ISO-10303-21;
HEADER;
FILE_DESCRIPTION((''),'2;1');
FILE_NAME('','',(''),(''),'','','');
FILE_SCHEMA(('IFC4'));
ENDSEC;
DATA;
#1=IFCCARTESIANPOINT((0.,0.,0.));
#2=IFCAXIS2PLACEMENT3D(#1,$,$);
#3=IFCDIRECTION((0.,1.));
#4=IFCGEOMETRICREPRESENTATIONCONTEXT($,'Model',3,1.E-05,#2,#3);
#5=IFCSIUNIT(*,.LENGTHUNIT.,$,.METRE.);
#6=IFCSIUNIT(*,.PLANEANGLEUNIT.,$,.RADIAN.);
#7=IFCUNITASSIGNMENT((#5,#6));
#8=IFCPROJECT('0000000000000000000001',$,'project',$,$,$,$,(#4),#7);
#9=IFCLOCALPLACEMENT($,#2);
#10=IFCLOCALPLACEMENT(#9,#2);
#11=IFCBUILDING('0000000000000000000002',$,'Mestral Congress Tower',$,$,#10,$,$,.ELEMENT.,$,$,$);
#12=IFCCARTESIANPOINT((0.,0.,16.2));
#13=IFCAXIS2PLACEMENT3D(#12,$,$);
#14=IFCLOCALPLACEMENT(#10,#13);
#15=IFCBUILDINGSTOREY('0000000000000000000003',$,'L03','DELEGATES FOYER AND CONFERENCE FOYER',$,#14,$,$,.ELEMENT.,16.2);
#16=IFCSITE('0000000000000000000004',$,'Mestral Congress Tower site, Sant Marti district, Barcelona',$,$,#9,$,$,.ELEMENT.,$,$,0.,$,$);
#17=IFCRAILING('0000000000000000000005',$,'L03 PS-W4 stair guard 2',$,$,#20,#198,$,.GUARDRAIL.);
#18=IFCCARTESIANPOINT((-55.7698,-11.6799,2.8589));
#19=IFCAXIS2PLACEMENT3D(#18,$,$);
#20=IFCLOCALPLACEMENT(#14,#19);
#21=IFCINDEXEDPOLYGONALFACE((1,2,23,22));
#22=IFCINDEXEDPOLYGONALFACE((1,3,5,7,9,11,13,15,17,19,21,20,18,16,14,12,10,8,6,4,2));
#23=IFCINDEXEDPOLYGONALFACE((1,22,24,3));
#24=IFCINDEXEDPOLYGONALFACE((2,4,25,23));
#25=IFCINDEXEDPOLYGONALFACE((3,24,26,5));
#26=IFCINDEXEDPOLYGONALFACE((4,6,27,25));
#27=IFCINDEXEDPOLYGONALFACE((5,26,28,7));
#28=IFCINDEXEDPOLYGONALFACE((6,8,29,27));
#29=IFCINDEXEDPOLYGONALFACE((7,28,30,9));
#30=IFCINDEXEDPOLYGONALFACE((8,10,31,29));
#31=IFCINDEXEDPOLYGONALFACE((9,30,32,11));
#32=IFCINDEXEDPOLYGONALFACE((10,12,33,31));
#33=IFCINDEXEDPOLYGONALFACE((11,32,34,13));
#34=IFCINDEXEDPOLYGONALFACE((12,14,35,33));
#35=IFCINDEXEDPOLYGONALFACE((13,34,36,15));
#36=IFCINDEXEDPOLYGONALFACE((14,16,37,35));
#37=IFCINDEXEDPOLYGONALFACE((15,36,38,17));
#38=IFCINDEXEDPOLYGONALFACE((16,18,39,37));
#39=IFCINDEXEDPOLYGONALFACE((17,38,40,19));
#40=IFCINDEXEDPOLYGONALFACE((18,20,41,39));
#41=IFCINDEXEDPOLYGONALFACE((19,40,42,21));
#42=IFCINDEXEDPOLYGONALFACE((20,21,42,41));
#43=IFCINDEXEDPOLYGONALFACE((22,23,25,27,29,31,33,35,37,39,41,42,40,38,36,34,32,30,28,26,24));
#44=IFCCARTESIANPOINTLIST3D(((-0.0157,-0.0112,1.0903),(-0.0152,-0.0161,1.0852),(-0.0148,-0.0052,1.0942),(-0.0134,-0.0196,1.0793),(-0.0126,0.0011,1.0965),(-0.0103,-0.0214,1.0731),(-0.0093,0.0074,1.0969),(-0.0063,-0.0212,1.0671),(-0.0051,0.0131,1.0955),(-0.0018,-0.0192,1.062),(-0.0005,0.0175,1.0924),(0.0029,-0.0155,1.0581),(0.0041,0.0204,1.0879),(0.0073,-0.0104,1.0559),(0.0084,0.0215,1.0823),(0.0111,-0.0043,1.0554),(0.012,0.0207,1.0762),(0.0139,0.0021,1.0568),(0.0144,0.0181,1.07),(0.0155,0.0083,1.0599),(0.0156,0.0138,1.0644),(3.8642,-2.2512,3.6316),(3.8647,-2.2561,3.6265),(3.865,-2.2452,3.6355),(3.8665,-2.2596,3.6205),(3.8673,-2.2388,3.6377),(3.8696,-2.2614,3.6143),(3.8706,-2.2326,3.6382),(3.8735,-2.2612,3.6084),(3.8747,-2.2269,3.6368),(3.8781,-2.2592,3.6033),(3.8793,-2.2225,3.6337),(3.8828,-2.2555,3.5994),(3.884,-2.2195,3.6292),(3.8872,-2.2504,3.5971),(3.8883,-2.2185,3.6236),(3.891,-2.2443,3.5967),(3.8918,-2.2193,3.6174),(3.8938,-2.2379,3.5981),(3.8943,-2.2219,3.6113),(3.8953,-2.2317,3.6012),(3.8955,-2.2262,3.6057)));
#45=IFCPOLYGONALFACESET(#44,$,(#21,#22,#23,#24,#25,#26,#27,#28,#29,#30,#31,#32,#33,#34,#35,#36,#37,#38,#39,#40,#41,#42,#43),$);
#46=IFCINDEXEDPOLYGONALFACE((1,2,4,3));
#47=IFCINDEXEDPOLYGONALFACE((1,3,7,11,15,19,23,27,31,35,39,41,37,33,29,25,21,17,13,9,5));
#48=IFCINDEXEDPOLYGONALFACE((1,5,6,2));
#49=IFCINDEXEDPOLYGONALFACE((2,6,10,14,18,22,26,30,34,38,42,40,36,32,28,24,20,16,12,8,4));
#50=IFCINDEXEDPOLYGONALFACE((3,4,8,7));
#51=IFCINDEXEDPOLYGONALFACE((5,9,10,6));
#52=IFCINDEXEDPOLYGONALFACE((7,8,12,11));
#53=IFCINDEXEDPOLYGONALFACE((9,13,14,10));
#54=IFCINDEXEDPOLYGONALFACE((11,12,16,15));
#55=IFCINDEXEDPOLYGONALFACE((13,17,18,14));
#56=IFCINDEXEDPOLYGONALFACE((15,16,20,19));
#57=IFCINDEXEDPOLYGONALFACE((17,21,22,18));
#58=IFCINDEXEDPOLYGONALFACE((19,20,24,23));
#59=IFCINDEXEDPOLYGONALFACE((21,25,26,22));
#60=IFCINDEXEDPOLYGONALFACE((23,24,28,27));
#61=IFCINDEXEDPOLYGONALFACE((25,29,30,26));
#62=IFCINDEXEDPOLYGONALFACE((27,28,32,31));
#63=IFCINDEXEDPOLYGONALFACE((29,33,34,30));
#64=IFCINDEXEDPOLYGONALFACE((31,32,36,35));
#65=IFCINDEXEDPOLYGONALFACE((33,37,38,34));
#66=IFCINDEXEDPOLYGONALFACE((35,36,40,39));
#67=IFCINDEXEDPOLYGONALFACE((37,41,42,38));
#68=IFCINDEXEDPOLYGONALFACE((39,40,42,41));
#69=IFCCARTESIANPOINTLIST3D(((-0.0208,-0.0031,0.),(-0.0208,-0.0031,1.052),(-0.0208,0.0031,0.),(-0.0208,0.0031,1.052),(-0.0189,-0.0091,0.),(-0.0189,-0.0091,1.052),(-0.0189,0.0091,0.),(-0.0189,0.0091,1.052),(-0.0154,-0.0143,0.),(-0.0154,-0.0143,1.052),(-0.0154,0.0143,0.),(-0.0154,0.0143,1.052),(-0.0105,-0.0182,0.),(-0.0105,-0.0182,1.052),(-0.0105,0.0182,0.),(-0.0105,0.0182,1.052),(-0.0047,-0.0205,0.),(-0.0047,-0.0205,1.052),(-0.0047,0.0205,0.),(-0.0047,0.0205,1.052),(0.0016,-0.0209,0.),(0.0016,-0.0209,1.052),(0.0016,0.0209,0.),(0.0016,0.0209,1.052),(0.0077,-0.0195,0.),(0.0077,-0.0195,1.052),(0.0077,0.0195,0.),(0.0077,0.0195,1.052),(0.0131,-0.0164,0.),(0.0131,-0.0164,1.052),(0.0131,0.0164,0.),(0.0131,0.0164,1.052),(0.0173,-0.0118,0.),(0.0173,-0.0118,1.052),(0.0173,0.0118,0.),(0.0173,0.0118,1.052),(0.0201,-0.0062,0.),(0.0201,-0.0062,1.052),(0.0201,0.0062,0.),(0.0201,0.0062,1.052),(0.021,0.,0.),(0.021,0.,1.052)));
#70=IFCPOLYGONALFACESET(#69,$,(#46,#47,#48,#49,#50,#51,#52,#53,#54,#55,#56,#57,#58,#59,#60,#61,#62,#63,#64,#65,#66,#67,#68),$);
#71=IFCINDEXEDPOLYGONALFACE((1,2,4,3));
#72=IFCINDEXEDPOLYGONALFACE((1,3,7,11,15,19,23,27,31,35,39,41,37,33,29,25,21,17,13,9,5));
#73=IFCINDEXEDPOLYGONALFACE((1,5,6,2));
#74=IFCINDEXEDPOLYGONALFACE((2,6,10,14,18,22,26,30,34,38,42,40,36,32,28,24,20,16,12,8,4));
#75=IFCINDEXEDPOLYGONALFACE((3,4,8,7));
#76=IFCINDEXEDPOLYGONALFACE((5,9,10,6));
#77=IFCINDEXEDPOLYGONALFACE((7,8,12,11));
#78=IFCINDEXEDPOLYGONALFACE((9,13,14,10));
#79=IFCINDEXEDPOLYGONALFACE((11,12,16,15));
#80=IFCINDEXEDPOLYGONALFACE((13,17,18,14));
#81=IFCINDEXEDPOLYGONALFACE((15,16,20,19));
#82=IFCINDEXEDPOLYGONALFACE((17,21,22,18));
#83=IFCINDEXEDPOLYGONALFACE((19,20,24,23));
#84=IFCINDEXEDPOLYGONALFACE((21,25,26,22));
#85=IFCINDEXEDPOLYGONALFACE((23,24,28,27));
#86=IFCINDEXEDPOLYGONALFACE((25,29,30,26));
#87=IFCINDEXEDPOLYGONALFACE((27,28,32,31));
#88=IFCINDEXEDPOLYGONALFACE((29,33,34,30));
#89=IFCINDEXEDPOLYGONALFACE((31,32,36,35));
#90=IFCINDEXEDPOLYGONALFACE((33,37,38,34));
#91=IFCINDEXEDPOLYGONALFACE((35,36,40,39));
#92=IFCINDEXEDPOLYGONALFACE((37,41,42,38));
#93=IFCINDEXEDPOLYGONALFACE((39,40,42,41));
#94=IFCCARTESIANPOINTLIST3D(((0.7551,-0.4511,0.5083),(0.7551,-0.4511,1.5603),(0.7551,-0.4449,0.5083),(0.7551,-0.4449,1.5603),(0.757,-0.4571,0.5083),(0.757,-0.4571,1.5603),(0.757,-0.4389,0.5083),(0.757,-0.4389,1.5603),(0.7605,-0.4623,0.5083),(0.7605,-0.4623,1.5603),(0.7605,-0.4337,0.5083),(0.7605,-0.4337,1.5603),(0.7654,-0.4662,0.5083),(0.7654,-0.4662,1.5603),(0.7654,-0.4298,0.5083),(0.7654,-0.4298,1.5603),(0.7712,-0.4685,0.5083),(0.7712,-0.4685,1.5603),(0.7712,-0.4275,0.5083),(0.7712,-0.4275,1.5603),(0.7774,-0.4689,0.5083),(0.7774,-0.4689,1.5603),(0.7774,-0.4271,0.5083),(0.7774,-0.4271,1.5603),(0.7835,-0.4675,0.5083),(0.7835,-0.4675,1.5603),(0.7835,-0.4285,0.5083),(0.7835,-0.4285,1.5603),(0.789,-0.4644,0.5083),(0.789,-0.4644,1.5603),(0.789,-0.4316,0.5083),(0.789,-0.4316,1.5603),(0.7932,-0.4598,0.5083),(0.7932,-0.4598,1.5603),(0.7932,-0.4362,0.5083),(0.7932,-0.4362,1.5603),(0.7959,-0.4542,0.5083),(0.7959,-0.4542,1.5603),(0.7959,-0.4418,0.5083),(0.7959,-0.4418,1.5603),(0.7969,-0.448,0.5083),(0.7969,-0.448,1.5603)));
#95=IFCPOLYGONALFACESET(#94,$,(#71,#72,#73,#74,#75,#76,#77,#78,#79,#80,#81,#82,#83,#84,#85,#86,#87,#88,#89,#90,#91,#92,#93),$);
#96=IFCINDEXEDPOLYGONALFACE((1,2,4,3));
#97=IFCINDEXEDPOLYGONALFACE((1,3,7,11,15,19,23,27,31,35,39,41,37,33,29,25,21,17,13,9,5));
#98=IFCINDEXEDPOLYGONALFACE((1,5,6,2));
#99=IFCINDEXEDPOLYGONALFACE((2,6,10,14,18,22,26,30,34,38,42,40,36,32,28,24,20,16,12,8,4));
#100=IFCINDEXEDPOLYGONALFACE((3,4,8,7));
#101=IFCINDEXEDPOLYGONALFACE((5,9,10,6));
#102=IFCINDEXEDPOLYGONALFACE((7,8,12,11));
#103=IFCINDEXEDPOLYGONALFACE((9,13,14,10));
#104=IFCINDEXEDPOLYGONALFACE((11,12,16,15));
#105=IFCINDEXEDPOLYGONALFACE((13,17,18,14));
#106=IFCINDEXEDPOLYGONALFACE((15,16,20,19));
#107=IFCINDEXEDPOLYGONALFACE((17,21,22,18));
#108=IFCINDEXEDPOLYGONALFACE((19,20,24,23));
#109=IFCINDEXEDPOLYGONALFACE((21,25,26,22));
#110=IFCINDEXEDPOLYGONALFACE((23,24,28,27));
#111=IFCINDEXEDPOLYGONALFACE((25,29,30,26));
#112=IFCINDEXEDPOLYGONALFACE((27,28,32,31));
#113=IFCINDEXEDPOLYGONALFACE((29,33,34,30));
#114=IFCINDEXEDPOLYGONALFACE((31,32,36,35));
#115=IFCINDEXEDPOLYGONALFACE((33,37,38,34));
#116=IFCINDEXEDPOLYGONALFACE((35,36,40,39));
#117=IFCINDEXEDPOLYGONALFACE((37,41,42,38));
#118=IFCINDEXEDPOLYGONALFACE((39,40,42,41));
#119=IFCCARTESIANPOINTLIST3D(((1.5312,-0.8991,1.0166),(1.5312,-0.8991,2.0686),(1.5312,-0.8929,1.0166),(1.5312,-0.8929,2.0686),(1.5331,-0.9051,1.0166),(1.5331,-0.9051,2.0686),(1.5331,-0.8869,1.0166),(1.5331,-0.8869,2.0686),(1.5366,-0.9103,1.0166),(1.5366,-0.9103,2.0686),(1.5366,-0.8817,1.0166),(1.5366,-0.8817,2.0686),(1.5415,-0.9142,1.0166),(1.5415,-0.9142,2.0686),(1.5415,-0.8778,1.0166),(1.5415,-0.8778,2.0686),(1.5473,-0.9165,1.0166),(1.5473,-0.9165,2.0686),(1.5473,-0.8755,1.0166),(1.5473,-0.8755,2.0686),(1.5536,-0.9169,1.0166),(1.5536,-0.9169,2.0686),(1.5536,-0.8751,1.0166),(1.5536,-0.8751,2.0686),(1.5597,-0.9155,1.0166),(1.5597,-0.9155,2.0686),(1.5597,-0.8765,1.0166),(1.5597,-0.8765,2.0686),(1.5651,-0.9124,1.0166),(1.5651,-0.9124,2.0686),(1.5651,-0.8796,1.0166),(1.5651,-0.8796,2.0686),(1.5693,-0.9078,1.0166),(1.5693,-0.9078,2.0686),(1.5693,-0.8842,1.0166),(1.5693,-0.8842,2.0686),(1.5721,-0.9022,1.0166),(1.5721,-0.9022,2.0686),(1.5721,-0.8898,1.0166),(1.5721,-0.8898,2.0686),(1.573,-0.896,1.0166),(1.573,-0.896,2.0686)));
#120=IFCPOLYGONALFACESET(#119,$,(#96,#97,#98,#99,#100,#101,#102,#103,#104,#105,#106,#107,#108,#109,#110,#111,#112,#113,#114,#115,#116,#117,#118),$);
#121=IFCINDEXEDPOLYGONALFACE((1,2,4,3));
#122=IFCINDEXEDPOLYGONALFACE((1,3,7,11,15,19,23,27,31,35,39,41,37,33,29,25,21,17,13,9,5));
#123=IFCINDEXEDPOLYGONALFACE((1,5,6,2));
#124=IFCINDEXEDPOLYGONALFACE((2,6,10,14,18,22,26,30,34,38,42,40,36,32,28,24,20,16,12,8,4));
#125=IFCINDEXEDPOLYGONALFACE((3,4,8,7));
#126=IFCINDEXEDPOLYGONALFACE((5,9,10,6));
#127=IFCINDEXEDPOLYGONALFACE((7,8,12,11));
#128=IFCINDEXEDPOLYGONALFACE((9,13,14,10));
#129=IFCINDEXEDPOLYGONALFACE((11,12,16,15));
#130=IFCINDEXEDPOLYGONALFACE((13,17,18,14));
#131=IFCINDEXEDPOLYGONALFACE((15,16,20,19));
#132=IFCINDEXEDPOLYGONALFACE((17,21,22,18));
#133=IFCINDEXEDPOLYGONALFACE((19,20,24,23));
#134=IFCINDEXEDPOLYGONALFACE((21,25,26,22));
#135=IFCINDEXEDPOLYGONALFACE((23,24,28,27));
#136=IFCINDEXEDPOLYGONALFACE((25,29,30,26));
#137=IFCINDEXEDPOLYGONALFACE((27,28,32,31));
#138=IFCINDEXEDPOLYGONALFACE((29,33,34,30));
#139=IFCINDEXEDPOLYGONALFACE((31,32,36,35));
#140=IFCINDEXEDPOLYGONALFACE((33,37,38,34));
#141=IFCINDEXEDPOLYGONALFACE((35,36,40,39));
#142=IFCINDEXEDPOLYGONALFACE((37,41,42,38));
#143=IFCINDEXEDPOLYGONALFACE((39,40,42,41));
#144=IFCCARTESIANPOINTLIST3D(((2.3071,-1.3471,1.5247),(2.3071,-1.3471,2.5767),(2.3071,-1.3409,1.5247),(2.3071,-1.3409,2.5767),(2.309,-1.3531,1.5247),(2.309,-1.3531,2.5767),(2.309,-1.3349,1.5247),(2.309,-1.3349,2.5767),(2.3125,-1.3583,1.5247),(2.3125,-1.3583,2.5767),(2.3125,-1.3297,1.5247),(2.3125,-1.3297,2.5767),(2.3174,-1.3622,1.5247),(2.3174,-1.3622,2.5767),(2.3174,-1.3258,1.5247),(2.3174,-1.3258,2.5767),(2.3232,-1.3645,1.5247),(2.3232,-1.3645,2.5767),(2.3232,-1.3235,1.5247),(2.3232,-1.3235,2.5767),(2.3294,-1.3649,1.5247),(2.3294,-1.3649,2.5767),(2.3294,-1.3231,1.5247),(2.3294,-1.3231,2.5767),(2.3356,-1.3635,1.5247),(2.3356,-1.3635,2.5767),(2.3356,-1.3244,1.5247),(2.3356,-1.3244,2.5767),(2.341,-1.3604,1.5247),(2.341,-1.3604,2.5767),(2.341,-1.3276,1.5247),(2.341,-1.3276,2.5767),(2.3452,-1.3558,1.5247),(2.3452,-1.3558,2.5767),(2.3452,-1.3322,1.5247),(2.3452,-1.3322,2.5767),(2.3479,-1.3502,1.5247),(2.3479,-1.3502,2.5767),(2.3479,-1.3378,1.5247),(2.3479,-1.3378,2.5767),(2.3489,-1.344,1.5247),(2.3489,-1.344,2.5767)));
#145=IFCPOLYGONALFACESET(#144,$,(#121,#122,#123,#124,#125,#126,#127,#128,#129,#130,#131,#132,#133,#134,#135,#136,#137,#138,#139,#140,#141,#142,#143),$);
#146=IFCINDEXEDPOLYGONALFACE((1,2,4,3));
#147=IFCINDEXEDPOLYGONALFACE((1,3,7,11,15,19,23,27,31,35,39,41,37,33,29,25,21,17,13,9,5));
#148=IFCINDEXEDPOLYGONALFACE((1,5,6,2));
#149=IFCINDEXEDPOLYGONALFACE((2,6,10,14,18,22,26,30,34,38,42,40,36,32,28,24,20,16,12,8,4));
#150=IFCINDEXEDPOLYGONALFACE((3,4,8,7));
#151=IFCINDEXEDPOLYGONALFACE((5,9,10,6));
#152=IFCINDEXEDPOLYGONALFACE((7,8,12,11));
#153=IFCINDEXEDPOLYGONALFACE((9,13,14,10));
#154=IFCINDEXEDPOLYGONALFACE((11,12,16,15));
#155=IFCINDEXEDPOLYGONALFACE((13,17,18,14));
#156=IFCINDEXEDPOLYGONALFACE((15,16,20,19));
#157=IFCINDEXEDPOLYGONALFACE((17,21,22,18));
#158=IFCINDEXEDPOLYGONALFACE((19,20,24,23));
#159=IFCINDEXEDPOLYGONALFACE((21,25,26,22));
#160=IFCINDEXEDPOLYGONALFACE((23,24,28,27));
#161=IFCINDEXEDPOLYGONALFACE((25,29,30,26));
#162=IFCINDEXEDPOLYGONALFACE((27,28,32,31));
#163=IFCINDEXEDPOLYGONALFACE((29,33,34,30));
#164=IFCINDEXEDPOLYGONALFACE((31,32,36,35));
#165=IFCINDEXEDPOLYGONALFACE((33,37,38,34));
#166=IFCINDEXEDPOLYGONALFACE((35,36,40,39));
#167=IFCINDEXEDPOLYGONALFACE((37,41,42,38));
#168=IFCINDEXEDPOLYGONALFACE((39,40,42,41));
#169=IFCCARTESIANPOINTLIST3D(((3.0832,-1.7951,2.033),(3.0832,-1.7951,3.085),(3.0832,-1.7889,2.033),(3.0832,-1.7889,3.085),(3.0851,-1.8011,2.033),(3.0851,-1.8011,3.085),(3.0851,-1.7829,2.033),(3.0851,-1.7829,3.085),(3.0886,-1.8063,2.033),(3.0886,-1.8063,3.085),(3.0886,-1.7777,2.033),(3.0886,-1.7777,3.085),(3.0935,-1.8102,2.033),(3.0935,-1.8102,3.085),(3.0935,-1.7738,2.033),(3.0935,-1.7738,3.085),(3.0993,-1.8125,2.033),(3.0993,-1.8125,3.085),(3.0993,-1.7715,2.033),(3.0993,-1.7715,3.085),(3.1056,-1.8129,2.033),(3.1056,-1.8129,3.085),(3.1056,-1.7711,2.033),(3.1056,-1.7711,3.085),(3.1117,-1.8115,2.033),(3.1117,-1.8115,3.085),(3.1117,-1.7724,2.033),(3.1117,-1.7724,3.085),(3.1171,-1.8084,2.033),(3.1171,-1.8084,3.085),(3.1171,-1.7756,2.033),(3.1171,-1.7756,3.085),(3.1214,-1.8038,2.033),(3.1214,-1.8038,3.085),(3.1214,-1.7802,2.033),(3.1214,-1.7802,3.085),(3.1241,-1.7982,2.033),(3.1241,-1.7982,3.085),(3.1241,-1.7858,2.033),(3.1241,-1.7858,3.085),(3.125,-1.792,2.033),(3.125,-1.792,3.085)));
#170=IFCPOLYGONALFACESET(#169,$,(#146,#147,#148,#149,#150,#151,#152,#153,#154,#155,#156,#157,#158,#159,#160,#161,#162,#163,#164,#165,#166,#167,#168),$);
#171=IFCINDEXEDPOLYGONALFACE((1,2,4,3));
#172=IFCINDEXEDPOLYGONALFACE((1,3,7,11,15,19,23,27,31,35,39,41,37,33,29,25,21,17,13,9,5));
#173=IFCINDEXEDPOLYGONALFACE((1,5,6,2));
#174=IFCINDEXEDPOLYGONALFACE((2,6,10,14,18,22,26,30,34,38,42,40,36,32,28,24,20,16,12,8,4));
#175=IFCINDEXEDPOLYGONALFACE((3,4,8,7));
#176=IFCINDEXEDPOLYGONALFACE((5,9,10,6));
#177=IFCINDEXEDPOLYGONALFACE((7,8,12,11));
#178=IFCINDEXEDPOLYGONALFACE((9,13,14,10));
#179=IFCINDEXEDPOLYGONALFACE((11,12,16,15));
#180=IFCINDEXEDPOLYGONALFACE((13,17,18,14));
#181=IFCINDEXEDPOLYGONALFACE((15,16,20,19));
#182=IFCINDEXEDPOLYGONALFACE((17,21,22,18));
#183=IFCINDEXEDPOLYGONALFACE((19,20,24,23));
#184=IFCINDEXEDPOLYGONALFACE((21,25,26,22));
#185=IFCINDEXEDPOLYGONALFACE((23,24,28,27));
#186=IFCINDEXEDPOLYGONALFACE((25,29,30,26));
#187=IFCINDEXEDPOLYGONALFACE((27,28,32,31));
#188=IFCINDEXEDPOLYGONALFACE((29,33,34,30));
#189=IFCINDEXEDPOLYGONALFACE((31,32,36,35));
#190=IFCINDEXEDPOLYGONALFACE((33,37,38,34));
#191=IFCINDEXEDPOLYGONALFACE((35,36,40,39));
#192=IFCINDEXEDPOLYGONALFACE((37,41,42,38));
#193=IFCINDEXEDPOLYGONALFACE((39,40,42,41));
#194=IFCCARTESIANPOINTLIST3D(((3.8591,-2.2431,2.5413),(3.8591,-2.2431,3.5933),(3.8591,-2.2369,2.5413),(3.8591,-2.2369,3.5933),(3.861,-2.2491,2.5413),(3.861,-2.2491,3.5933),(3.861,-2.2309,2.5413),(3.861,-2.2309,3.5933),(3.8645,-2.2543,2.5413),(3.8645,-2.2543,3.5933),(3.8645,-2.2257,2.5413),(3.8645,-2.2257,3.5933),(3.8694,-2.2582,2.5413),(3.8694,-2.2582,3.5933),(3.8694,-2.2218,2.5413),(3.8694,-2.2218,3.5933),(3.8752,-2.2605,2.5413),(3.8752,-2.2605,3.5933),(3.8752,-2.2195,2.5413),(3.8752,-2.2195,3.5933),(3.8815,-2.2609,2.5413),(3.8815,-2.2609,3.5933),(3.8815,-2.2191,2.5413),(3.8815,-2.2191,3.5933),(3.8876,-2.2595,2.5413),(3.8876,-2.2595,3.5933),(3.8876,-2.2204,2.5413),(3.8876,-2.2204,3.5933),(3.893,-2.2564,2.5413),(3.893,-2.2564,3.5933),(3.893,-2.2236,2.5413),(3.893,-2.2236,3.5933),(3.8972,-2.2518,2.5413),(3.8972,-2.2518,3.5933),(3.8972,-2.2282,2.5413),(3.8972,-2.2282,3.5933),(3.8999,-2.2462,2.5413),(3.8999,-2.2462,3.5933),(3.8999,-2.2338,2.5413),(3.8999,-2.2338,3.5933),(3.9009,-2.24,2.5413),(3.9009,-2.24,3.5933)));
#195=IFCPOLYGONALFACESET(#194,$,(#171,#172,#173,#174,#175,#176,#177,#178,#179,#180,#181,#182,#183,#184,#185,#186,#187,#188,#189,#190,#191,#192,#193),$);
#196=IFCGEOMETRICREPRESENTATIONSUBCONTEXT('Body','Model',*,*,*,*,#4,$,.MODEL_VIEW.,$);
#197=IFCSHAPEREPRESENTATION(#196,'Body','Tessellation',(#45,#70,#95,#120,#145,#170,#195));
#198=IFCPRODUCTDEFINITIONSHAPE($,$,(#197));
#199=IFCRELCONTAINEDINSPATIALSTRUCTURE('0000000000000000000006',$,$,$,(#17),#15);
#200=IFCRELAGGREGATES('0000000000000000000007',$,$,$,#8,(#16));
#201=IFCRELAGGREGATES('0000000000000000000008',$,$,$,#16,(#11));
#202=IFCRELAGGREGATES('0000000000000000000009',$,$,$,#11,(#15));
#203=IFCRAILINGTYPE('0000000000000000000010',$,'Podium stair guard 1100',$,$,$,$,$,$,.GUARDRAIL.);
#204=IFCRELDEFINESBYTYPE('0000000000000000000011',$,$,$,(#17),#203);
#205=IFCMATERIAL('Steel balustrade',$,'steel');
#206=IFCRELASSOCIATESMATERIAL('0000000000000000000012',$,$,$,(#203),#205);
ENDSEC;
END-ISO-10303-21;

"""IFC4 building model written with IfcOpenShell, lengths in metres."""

from ifc_helpers import new_model, si_unit, direction, frame, origin, origin_2d, place, context, subcontext, project, spatial, circle, extrude, material, type_object, element, save


model = new_model("IFC4")

# Units and contexts
model_context = context("Model", 3, precision=1e-05, world=origin(), true_north=direction((0.0, 1.0)))
body_context = subcontext(model_context, "Body", "Model", "MODEL_VIEW")
ifc_project = project(units=[si_unit("LENGTHUNIT", "METRE"), si_unit("PLANEANGLEUNIT", "RADIAN")], contexts=[model_context])

# Site, building, storey
site_placement = place(None, origin())
site = spatial("IfcSite", under=ifc_project, at=site_placement, Name="Mestral Congress Tower site, Sant Marti district, Barcelona", CompositionType="ELEMENT", RefElevation=0.0)
building_placement = place(site_placement, origin())
building = spatial("IfcBuilding", under=site, at=building_placement, Name="Mestral Congress Tower", CompositionType="ELEMENT")
storey_placement = place(building_placement, frame((0.0, 0.0, 16.2)))
storey = spatial("IfcBuildingStorey", under=building, at=storey_placement, Name="L03", Description="DELEGATES FOYER AND CONFERENCE FOYER", CompositionType="ELEMENT", Elevation=16.2)

# Railing
ifc_material_1 = material(Name="Steel balustrade", Category="steel")
railing_type_1 = type_object("IfcRailingType", Name="Podium stair guard 1100", PredefinedType="GUARDRAIL", material=ifc_material_1)
railing_1_placement = place(storey_placement, frame((-55.7698, -11.6799, 2.8589)))
element("IfcRailing", 1, at=railing_1_placement, inside=storey, type_object=railing_type_1, Name="L03 PS-W4 stair guard 2", PredefinedType="GUARDRAIL", context=body_context, shape_type="SweptSolid", body=[
    extrude(circle(Radius=0.0239, at=origin_2d()), frame((0.0, 0.0, 1.0762), z_axis=(0.753282, -0.434896, 0.493388), x_axis=(0.49999, 0.866031, 0.0)), (0.0, 0.0, 1.0), 5.1506),
    extrude(circle(Radius=0.021, at=origin_2d()), origin(), (0.0, 0.0, 1.0), 1.052),
    extrude(circle(Radius=0.021, at=origin_2d()), frame((0.7759, -0.448, 0.5083)), (0.0, 0.0, 1.0), 1.052),
    extrude(circle(Radius=0.021, at=origin_2d()), frame((1.552, -0.896, 1.0166)), (0.0, 0.0, 1.0), 1.052),
    extrude(circle(Radius=0.021, at=origin_2d()), frame((2.3279, -1.344, 1.5247)), (0.0, 0.0, 1.0), 1.052),
    extrude(circle(Radius=0.021, at=origin_2d()), frame((3.104, -1.792, 2.033)), (0.0, 0.0, 1.0), 1.052),
    extrude(circle(Radius=0.021, at=origin_2d()), frame((3.8799, -2.24, 2.5413)), (0.0, 0.0, 1.0), 1.052),
])

save(model, "model.ifc")
